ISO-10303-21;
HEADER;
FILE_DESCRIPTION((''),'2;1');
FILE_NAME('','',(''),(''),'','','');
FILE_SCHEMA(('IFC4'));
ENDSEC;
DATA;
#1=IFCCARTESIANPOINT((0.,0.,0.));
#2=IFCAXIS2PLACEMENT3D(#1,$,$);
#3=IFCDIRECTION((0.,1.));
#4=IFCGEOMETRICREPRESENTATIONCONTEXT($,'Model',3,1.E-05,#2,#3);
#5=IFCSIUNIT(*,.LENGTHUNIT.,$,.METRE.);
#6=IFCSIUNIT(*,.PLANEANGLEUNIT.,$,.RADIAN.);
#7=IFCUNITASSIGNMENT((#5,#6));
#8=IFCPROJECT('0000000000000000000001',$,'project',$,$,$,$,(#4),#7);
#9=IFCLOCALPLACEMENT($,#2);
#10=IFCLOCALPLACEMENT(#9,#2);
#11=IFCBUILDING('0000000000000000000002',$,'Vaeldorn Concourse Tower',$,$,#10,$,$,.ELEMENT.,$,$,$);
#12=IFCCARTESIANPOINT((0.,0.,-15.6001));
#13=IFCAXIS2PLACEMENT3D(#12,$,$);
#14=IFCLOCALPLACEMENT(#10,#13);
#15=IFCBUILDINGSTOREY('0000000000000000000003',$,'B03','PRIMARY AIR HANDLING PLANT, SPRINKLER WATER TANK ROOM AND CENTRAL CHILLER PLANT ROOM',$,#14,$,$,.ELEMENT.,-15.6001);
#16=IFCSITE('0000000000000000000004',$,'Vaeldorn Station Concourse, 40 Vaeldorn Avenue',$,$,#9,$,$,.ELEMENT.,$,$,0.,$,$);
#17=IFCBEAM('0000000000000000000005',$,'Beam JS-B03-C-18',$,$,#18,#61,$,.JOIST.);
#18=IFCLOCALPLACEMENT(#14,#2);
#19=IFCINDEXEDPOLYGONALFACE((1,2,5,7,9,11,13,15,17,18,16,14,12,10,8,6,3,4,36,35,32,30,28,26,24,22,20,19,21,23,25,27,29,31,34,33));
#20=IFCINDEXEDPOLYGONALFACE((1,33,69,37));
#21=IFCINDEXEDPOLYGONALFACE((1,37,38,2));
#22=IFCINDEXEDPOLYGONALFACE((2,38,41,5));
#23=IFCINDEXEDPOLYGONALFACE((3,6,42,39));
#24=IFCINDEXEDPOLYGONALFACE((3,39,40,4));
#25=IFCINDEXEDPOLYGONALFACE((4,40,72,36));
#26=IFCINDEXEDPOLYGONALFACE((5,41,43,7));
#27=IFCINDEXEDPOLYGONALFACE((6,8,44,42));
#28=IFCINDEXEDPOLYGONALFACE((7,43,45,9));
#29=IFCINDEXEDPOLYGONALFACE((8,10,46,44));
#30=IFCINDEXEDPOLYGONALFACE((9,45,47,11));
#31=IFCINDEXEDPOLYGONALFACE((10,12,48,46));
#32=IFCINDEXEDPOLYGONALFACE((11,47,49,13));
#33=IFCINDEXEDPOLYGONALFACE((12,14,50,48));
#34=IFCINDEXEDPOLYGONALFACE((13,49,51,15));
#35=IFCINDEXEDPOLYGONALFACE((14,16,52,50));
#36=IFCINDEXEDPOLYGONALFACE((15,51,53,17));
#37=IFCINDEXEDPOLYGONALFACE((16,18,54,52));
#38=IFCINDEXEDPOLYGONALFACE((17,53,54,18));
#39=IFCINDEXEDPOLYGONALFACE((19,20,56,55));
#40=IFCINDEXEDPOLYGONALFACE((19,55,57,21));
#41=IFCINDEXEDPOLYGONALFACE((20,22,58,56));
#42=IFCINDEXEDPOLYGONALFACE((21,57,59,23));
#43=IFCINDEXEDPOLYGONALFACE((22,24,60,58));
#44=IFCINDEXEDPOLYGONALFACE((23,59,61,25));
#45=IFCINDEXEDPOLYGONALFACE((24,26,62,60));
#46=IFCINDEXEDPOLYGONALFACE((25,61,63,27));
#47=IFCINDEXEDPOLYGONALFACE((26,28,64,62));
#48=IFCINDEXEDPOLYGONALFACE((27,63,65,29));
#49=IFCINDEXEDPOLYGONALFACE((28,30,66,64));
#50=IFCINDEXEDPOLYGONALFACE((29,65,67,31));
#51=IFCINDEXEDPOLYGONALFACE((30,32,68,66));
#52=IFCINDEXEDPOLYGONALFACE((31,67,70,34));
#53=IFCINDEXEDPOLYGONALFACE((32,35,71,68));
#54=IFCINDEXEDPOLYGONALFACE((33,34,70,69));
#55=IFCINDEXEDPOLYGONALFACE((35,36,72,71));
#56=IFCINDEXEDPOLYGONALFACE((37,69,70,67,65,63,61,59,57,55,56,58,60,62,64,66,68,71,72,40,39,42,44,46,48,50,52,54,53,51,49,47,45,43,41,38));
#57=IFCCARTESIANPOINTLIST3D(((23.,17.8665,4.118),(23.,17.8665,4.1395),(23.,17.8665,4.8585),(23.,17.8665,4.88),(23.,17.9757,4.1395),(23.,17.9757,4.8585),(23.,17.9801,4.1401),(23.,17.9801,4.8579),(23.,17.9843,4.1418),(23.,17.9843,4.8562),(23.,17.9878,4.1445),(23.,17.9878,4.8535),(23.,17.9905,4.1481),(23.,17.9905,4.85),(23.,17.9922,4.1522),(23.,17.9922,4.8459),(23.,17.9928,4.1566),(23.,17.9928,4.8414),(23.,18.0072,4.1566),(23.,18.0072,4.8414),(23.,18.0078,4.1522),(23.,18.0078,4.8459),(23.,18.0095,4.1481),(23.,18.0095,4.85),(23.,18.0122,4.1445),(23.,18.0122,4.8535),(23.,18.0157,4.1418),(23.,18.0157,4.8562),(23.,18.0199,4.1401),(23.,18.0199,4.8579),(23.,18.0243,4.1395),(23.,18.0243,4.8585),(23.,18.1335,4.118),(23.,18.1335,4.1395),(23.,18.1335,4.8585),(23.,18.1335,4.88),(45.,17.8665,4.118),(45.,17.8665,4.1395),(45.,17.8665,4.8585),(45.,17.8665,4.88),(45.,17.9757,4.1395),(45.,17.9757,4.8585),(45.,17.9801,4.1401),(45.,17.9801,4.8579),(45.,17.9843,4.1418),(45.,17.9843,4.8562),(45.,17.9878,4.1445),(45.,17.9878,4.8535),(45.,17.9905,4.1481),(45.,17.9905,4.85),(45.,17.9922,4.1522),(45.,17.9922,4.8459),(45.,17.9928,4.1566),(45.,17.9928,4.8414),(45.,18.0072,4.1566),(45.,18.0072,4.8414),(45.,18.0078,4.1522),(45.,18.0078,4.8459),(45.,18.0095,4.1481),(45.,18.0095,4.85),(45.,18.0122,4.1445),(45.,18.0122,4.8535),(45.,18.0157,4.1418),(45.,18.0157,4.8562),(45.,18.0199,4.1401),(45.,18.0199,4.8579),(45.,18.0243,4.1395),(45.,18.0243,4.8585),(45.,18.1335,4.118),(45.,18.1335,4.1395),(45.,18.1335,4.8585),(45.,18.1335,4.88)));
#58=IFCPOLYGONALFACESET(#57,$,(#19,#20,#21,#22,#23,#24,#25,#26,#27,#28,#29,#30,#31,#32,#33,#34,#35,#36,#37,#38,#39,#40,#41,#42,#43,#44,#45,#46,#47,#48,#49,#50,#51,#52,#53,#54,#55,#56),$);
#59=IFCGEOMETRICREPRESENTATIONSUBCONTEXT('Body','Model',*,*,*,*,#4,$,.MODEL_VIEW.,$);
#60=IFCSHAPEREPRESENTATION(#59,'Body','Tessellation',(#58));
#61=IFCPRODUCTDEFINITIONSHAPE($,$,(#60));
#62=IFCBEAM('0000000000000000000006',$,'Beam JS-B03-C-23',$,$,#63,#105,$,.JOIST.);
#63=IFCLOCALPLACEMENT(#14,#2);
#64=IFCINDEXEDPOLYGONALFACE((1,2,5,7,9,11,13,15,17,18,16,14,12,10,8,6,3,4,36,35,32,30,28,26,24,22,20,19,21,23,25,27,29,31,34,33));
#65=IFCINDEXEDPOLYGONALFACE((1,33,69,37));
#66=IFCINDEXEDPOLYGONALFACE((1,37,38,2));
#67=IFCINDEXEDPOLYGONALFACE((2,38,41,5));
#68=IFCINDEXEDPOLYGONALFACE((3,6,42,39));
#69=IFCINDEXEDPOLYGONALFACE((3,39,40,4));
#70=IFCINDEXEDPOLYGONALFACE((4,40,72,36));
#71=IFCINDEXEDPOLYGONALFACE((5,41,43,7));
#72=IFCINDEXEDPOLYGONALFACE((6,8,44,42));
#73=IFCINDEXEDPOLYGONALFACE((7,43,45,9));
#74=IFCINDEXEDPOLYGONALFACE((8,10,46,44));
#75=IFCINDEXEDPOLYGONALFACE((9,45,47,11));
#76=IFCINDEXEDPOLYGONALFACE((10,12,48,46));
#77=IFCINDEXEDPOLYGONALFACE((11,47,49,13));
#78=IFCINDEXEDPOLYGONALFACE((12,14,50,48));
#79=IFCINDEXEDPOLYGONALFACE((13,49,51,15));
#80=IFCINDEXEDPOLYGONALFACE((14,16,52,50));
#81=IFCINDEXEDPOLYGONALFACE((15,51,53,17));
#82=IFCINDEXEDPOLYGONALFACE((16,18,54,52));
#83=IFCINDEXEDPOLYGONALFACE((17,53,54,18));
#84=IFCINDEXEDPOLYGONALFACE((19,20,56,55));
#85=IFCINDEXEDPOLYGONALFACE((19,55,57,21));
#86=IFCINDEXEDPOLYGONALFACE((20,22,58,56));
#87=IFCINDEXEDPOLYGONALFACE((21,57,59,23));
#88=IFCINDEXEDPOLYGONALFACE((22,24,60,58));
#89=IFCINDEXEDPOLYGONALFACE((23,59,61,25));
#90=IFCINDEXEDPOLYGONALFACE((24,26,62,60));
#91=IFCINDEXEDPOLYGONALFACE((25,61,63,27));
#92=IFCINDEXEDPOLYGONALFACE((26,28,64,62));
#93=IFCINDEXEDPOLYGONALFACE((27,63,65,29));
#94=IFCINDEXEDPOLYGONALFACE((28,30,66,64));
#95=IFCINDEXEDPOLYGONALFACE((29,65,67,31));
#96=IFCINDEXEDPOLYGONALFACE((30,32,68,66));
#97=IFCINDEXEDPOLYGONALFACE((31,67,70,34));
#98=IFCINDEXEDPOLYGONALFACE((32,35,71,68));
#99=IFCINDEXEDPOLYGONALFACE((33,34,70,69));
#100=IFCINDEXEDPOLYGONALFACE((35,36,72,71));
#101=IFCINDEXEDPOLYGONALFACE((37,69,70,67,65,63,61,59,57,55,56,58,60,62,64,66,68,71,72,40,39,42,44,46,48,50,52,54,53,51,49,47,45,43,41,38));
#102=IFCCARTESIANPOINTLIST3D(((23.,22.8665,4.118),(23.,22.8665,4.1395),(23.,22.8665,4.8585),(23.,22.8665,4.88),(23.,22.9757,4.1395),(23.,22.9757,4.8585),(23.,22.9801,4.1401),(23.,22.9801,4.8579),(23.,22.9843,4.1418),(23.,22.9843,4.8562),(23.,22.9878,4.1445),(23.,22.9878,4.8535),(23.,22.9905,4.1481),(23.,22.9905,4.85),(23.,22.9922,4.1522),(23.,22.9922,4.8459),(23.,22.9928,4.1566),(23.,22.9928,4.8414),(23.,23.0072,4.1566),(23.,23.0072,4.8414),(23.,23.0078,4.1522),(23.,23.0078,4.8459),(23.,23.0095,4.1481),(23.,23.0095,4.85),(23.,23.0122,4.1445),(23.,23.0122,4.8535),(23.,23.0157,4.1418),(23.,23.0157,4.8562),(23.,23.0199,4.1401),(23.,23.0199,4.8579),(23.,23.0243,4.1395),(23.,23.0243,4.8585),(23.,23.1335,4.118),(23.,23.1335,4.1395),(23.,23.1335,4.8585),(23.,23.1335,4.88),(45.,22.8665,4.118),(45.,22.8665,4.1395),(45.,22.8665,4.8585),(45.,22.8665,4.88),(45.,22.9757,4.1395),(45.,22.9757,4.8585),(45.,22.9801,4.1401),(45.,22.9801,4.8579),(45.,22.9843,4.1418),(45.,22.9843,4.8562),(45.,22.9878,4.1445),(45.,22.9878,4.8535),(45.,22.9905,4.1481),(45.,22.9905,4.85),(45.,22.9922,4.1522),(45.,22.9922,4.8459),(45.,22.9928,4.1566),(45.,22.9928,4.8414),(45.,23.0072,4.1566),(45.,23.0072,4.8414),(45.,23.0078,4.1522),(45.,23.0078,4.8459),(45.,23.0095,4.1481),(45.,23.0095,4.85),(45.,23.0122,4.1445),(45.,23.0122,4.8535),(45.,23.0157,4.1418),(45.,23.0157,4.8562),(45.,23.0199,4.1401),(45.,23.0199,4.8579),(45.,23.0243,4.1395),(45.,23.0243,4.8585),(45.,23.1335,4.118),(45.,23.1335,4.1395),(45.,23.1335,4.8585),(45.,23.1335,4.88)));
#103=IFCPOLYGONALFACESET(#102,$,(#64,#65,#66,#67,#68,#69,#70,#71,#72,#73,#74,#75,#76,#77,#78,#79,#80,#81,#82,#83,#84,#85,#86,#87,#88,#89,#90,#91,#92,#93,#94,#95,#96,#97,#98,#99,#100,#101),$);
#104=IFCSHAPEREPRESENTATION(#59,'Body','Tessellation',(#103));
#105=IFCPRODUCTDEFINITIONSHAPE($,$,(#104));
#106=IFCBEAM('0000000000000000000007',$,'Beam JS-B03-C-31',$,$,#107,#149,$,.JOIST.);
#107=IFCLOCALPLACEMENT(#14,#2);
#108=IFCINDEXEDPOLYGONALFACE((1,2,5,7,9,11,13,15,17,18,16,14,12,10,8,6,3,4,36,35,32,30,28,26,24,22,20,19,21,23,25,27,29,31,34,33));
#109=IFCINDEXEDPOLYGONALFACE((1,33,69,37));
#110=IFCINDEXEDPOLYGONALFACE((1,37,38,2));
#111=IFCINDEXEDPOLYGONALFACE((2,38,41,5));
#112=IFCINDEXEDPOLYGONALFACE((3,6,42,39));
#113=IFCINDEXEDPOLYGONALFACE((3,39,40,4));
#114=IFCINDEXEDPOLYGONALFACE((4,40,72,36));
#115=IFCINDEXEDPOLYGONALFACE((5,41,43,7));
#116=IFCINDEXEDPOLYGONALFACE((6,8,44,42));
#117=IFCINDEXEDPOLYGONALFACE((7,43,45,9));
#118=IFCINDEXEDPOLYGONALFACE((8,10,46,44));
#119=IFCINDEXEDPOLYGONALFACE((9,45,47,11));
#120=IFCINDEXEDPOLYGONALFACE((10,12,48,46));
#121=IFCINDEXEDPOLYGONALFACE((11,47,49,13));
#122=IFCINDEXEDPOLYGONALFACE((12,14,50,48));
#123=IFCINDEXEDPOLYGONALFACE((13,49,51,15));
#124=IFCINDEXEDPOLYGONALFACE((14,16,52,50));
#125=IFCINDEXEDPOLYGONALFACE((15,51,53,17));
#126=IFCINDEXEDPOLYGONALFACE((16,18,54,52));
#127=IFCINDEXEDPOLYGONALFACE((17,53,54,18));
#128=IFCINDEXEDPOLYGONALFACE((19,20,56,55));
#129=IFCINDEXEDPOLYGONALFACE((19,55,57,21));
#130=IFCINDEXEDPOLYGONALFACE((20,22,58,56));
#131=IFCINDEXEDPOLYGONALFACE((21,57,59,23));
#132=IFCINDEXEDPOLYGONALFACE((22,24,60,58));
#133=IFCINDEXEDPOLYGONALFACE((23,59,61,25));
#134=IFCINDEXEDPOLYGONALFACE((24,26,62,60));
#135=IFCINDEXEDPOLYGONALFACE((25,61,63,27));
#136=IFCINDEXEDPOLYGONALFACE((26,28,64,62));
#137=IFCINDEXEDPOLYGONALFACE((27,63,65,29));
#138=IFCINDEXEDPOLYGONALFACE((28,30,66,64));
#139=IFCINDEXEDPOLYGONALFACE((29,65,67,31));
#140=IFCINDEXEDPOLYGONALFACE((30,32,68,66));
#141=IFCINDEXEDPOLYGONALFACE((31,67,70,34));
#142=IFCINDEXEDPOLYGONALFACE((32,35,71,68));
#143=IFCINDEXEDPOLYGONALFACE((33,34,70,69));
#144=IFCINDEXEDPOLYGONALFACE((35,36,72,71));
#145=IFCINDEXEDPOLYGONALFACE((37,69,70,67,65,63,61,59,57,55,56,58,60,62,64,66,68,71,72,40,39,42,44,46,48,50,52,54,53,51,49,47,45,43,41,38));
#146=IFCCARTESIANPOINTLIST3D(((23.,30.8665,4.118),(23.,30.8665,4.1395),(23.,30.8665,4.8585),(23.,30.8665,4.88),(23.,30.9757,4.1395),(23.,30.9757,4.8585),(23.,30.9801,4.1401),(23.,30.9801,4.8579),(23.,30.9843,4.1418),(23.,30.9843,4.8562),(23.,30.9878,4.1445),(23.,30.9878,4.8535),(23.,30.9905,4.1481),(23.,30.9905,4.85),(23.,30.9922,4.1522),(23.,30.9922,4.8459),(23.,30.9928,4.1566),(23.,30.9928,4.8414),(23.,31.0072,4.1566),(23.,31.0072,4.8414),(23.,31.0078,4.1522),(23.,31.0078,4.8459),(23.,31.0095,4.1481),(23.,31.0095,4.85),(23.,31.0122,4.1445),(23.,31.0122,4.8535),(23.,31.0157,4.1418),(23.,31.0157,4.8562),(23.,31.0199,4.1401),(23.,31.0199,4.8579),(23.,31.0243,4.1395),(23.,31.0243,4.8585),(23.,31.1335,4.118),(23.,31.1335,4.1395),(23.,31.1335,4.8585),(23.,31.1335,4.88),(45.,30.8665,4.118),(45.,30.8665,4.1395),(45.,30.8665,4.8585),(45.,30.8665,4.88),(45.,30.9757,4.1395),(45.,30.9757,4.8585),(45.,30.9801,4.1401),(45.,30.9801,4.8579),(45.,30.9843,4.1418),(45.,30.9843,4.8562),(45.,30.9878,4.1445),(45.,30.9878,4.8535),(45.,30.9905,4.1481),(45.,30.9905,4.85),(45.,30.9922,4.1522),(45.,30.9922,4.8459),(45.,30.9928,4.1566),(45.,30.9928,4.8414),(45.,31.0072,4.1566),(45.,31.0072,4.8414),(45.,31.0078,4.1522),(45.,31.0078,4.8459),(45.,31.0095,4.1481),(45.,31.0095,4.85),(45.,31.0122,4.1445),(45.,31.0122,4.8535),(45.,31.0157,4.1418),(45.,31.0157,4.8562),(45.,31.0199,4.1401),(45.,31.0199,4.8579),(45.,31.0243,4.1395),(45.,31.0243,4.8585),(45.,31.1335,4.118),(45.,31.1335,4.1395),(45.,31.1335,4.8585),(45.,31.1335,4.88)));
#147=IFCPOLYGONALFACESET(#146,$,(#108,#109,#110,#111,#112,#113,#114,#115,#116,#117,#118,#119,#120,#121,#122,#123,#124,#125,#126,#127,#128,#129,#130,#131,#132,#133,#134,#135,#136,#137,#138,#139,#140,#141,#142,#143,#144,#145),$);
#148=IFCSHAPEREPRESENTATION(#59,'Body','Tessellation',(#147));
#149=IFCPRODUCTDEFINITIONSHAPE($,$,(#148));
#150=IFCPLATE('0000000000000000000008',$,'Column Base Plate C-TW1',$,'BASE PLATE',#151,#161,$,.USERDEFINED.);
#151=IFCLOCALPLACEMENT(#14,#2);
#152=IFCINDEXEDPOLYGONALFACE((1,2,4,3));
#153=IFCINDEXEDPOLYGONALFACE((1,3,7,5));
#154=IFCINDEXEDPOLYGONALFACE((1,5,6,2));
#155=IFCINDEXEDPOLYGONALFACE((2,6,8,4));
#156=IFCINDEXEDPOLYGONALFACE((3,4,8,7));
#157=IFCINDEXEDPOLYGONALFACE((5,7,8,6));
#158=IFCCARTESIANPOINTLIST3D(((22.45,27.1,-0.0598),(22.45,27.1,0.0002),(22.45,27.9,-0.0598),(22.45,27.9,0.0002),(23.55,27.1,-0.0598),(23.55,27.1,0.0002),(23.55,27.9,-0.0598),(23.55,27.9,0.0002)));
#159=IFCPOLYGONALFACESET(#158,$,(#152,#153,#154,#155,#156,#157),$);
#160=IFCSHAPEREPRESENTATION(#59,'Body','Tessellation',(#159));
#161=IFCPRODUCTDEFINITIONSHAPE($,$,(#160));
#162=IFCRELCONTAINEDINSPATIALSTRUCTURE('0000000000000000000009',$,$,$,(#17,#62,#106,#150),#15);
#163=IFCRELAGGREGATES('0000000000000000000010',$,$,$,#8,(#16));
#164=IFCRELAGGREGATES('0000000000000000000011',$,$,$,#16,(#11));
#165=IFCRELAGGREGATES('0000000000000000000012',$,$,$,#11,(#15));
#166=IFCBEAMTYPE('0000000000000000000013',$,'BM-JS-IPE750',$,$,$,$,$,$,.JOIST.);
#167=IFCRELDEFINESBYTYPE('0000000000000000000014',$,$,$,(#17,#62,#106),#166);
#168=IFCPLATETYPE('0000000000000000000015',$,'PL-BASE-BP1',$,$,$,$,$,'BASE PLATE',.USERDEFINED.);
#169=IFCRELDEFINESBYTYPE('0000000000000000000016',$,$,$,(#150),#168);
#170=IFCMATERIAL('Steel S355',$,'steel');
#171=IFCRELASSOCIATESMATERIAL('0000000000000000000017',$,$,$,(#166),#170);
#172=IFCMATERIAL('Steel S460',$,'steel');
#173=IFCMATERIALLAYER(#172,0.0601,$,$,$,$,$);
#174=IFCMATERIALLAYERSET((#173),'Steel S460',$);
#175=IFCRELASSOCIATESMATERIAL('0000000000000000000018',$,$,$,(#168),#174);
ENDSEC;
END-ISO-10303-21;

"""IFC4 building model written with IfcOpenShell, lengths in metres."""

from ifc_helpers import new_model, si_unit, direction, frame, origin, origin_2d, place, context, subcontext, project, spatial, rectangle, i_section, extrude, source, transform, mapped, material, layer, layer_set, material_profile, profile_set, type_object, element, save


model = new_model("IFC4")

# Units and contexts
model_context = context("Model", 3, precision=1e-05, world=origin(), true_north=direction((0.0, 1.0)))
body_context = subcontext(model_context, "Body", "Model", "MODEL_VIEW")
ifc_project = project(units=[si_unit("LENGTHUNIT", "METRE"), si_unit("PLANEANGLEUNIT", "RADIAN")], contexts=[model_context])

# Site, building, storey
site_placement = place(None, origin())
site = spatial("IfcSite", under=ifc_project, at=site_placement, Name="Vaeldorn Station Concourse, 40 Vaeldorn Avenue", CompositionType="ELEMENT", RefElevation=0.0)
building_placement = place(site_placement, origin())
building = spatial("IfcBuilding", under=site, at=building_placement, Name="Vaeldorn Concourse Tower", CompositionType="ELEMENT")
storey_placement = place(building_placement, frame((0.0, 0.0, -15.6001)))
storey = spatial("IfcBuildingStorey", under=building, at=storey_placement, Name="B03", Description="PRIMARY AIR HANDLING PLANT, SPRINKLER WATER TANK ROOM AND CENTRAL CHILLER PLANT ROOM", CompositionType="ELEMENT", Elevation=-15.6001)

# Shared definitions
ifc_material_1 = material(Name="Steel S460", Category="steel")

# Beams
ifc_material_2 = material(Name="Steel S355", Category="steel")
ifc_material_profile_1 = material_profile(ifc_material_2, i_section(OverallWidth=0.2671, OverallDepth=0.762, WebThickness=0.0144, FlangeThickness=0.0215, FilletRadius=0.0171, at=origin_2d()), Name="IPE 750x173")
ifc_profile_set_1 = profile_set([ifc_material_profile_1], Name="Steel S355")
beam_type_1 = type_object("IfcBeamType", Name="BM-JS-IPE750", PredefinedType="JOIST", material=ifc_profile_set_1)
shared_shape_1 = source(origin(), body_context, "Body", "SweptSolid", [
    extrude(i_section(OverallWidth=0.2671, OverallDepth=0.762, WebThickness=0.0144, FlangeThickness=0.0215, FilletRadius=0.0171, at=origin_2d()), origin(), (0.0, 0.0, 1.0), 22.0),
])
for number, where, z_axis, x_axis, name in (
    (1, (23.0, 18.0, 4.499), (1.0, 0.0, 0.0), (0.0, 1.0, 0.0), "Beam JS-B03-C-18"),
    (2, (23.0, 23.0, 4.499), (1.0, 0.0, 0.0), (0.0, 1.0, 0.0), "Beam JS-B03-C-23"),
    (3, (23.0, 31.0, 4.499), (1.0, 0.0, 0.0), (0.0, 1.0, 0.0), "Beam JS-B03-C-31"),
):
    element("IfcBeam", number, at=place(storey_placement, frame(where, z_axis=z_axis, x_axis=x_axis)), inside=storey, type_object=beam_type_1, Name=name, PredefinedType="JOIST", context=body_context, shape_type="MappedRepresentation", body=[
        mapped(shared_shape_1, transform((0.0, 0.0, 0.0), scale=1.0)),
    ])

# Plate
ifc_layer = layer(ifc_material_1, 0.0601)
ifc_layer_set = layer_set([ifc_layer], Name="Steel S460")
plate_type = type_object("IfcPlateType", Name="PL-BASE-BP1", ElementType="BASE PLATE", PredefinedType="USERDEFINED", material=ifc_layer_set)
shared_shape_2 = source(origin(), body_context, "Body", "SweptSolid", [
    extrude(rectangle(XDim=1.1001, YDim=0.8, at=origin_2d()), origin(), (0.0, 0.0, 1.0), 0.0601),
])
plate_placement = place(storey_placement, frame((23.0, 27.5, -0.0598), z_axis=(0.0, 0.0, 1.0), x_axis=(1.0, 0.0, 0.0)))
element("IfcPlate", 4, at=plate_placement, inside=storey, type_object=plate_type, Name="Column Base Plate C-TW1", ObjectType="BASE PLATE", PredefinedType="USERDEFINED", context=body_context, shape_type="MappedRepresentation", body=[
    mapped(shared_shape_2, transform((0.0, 0.0, 0.0), scale=1.0)),
])

save(model, "model.ifc")
